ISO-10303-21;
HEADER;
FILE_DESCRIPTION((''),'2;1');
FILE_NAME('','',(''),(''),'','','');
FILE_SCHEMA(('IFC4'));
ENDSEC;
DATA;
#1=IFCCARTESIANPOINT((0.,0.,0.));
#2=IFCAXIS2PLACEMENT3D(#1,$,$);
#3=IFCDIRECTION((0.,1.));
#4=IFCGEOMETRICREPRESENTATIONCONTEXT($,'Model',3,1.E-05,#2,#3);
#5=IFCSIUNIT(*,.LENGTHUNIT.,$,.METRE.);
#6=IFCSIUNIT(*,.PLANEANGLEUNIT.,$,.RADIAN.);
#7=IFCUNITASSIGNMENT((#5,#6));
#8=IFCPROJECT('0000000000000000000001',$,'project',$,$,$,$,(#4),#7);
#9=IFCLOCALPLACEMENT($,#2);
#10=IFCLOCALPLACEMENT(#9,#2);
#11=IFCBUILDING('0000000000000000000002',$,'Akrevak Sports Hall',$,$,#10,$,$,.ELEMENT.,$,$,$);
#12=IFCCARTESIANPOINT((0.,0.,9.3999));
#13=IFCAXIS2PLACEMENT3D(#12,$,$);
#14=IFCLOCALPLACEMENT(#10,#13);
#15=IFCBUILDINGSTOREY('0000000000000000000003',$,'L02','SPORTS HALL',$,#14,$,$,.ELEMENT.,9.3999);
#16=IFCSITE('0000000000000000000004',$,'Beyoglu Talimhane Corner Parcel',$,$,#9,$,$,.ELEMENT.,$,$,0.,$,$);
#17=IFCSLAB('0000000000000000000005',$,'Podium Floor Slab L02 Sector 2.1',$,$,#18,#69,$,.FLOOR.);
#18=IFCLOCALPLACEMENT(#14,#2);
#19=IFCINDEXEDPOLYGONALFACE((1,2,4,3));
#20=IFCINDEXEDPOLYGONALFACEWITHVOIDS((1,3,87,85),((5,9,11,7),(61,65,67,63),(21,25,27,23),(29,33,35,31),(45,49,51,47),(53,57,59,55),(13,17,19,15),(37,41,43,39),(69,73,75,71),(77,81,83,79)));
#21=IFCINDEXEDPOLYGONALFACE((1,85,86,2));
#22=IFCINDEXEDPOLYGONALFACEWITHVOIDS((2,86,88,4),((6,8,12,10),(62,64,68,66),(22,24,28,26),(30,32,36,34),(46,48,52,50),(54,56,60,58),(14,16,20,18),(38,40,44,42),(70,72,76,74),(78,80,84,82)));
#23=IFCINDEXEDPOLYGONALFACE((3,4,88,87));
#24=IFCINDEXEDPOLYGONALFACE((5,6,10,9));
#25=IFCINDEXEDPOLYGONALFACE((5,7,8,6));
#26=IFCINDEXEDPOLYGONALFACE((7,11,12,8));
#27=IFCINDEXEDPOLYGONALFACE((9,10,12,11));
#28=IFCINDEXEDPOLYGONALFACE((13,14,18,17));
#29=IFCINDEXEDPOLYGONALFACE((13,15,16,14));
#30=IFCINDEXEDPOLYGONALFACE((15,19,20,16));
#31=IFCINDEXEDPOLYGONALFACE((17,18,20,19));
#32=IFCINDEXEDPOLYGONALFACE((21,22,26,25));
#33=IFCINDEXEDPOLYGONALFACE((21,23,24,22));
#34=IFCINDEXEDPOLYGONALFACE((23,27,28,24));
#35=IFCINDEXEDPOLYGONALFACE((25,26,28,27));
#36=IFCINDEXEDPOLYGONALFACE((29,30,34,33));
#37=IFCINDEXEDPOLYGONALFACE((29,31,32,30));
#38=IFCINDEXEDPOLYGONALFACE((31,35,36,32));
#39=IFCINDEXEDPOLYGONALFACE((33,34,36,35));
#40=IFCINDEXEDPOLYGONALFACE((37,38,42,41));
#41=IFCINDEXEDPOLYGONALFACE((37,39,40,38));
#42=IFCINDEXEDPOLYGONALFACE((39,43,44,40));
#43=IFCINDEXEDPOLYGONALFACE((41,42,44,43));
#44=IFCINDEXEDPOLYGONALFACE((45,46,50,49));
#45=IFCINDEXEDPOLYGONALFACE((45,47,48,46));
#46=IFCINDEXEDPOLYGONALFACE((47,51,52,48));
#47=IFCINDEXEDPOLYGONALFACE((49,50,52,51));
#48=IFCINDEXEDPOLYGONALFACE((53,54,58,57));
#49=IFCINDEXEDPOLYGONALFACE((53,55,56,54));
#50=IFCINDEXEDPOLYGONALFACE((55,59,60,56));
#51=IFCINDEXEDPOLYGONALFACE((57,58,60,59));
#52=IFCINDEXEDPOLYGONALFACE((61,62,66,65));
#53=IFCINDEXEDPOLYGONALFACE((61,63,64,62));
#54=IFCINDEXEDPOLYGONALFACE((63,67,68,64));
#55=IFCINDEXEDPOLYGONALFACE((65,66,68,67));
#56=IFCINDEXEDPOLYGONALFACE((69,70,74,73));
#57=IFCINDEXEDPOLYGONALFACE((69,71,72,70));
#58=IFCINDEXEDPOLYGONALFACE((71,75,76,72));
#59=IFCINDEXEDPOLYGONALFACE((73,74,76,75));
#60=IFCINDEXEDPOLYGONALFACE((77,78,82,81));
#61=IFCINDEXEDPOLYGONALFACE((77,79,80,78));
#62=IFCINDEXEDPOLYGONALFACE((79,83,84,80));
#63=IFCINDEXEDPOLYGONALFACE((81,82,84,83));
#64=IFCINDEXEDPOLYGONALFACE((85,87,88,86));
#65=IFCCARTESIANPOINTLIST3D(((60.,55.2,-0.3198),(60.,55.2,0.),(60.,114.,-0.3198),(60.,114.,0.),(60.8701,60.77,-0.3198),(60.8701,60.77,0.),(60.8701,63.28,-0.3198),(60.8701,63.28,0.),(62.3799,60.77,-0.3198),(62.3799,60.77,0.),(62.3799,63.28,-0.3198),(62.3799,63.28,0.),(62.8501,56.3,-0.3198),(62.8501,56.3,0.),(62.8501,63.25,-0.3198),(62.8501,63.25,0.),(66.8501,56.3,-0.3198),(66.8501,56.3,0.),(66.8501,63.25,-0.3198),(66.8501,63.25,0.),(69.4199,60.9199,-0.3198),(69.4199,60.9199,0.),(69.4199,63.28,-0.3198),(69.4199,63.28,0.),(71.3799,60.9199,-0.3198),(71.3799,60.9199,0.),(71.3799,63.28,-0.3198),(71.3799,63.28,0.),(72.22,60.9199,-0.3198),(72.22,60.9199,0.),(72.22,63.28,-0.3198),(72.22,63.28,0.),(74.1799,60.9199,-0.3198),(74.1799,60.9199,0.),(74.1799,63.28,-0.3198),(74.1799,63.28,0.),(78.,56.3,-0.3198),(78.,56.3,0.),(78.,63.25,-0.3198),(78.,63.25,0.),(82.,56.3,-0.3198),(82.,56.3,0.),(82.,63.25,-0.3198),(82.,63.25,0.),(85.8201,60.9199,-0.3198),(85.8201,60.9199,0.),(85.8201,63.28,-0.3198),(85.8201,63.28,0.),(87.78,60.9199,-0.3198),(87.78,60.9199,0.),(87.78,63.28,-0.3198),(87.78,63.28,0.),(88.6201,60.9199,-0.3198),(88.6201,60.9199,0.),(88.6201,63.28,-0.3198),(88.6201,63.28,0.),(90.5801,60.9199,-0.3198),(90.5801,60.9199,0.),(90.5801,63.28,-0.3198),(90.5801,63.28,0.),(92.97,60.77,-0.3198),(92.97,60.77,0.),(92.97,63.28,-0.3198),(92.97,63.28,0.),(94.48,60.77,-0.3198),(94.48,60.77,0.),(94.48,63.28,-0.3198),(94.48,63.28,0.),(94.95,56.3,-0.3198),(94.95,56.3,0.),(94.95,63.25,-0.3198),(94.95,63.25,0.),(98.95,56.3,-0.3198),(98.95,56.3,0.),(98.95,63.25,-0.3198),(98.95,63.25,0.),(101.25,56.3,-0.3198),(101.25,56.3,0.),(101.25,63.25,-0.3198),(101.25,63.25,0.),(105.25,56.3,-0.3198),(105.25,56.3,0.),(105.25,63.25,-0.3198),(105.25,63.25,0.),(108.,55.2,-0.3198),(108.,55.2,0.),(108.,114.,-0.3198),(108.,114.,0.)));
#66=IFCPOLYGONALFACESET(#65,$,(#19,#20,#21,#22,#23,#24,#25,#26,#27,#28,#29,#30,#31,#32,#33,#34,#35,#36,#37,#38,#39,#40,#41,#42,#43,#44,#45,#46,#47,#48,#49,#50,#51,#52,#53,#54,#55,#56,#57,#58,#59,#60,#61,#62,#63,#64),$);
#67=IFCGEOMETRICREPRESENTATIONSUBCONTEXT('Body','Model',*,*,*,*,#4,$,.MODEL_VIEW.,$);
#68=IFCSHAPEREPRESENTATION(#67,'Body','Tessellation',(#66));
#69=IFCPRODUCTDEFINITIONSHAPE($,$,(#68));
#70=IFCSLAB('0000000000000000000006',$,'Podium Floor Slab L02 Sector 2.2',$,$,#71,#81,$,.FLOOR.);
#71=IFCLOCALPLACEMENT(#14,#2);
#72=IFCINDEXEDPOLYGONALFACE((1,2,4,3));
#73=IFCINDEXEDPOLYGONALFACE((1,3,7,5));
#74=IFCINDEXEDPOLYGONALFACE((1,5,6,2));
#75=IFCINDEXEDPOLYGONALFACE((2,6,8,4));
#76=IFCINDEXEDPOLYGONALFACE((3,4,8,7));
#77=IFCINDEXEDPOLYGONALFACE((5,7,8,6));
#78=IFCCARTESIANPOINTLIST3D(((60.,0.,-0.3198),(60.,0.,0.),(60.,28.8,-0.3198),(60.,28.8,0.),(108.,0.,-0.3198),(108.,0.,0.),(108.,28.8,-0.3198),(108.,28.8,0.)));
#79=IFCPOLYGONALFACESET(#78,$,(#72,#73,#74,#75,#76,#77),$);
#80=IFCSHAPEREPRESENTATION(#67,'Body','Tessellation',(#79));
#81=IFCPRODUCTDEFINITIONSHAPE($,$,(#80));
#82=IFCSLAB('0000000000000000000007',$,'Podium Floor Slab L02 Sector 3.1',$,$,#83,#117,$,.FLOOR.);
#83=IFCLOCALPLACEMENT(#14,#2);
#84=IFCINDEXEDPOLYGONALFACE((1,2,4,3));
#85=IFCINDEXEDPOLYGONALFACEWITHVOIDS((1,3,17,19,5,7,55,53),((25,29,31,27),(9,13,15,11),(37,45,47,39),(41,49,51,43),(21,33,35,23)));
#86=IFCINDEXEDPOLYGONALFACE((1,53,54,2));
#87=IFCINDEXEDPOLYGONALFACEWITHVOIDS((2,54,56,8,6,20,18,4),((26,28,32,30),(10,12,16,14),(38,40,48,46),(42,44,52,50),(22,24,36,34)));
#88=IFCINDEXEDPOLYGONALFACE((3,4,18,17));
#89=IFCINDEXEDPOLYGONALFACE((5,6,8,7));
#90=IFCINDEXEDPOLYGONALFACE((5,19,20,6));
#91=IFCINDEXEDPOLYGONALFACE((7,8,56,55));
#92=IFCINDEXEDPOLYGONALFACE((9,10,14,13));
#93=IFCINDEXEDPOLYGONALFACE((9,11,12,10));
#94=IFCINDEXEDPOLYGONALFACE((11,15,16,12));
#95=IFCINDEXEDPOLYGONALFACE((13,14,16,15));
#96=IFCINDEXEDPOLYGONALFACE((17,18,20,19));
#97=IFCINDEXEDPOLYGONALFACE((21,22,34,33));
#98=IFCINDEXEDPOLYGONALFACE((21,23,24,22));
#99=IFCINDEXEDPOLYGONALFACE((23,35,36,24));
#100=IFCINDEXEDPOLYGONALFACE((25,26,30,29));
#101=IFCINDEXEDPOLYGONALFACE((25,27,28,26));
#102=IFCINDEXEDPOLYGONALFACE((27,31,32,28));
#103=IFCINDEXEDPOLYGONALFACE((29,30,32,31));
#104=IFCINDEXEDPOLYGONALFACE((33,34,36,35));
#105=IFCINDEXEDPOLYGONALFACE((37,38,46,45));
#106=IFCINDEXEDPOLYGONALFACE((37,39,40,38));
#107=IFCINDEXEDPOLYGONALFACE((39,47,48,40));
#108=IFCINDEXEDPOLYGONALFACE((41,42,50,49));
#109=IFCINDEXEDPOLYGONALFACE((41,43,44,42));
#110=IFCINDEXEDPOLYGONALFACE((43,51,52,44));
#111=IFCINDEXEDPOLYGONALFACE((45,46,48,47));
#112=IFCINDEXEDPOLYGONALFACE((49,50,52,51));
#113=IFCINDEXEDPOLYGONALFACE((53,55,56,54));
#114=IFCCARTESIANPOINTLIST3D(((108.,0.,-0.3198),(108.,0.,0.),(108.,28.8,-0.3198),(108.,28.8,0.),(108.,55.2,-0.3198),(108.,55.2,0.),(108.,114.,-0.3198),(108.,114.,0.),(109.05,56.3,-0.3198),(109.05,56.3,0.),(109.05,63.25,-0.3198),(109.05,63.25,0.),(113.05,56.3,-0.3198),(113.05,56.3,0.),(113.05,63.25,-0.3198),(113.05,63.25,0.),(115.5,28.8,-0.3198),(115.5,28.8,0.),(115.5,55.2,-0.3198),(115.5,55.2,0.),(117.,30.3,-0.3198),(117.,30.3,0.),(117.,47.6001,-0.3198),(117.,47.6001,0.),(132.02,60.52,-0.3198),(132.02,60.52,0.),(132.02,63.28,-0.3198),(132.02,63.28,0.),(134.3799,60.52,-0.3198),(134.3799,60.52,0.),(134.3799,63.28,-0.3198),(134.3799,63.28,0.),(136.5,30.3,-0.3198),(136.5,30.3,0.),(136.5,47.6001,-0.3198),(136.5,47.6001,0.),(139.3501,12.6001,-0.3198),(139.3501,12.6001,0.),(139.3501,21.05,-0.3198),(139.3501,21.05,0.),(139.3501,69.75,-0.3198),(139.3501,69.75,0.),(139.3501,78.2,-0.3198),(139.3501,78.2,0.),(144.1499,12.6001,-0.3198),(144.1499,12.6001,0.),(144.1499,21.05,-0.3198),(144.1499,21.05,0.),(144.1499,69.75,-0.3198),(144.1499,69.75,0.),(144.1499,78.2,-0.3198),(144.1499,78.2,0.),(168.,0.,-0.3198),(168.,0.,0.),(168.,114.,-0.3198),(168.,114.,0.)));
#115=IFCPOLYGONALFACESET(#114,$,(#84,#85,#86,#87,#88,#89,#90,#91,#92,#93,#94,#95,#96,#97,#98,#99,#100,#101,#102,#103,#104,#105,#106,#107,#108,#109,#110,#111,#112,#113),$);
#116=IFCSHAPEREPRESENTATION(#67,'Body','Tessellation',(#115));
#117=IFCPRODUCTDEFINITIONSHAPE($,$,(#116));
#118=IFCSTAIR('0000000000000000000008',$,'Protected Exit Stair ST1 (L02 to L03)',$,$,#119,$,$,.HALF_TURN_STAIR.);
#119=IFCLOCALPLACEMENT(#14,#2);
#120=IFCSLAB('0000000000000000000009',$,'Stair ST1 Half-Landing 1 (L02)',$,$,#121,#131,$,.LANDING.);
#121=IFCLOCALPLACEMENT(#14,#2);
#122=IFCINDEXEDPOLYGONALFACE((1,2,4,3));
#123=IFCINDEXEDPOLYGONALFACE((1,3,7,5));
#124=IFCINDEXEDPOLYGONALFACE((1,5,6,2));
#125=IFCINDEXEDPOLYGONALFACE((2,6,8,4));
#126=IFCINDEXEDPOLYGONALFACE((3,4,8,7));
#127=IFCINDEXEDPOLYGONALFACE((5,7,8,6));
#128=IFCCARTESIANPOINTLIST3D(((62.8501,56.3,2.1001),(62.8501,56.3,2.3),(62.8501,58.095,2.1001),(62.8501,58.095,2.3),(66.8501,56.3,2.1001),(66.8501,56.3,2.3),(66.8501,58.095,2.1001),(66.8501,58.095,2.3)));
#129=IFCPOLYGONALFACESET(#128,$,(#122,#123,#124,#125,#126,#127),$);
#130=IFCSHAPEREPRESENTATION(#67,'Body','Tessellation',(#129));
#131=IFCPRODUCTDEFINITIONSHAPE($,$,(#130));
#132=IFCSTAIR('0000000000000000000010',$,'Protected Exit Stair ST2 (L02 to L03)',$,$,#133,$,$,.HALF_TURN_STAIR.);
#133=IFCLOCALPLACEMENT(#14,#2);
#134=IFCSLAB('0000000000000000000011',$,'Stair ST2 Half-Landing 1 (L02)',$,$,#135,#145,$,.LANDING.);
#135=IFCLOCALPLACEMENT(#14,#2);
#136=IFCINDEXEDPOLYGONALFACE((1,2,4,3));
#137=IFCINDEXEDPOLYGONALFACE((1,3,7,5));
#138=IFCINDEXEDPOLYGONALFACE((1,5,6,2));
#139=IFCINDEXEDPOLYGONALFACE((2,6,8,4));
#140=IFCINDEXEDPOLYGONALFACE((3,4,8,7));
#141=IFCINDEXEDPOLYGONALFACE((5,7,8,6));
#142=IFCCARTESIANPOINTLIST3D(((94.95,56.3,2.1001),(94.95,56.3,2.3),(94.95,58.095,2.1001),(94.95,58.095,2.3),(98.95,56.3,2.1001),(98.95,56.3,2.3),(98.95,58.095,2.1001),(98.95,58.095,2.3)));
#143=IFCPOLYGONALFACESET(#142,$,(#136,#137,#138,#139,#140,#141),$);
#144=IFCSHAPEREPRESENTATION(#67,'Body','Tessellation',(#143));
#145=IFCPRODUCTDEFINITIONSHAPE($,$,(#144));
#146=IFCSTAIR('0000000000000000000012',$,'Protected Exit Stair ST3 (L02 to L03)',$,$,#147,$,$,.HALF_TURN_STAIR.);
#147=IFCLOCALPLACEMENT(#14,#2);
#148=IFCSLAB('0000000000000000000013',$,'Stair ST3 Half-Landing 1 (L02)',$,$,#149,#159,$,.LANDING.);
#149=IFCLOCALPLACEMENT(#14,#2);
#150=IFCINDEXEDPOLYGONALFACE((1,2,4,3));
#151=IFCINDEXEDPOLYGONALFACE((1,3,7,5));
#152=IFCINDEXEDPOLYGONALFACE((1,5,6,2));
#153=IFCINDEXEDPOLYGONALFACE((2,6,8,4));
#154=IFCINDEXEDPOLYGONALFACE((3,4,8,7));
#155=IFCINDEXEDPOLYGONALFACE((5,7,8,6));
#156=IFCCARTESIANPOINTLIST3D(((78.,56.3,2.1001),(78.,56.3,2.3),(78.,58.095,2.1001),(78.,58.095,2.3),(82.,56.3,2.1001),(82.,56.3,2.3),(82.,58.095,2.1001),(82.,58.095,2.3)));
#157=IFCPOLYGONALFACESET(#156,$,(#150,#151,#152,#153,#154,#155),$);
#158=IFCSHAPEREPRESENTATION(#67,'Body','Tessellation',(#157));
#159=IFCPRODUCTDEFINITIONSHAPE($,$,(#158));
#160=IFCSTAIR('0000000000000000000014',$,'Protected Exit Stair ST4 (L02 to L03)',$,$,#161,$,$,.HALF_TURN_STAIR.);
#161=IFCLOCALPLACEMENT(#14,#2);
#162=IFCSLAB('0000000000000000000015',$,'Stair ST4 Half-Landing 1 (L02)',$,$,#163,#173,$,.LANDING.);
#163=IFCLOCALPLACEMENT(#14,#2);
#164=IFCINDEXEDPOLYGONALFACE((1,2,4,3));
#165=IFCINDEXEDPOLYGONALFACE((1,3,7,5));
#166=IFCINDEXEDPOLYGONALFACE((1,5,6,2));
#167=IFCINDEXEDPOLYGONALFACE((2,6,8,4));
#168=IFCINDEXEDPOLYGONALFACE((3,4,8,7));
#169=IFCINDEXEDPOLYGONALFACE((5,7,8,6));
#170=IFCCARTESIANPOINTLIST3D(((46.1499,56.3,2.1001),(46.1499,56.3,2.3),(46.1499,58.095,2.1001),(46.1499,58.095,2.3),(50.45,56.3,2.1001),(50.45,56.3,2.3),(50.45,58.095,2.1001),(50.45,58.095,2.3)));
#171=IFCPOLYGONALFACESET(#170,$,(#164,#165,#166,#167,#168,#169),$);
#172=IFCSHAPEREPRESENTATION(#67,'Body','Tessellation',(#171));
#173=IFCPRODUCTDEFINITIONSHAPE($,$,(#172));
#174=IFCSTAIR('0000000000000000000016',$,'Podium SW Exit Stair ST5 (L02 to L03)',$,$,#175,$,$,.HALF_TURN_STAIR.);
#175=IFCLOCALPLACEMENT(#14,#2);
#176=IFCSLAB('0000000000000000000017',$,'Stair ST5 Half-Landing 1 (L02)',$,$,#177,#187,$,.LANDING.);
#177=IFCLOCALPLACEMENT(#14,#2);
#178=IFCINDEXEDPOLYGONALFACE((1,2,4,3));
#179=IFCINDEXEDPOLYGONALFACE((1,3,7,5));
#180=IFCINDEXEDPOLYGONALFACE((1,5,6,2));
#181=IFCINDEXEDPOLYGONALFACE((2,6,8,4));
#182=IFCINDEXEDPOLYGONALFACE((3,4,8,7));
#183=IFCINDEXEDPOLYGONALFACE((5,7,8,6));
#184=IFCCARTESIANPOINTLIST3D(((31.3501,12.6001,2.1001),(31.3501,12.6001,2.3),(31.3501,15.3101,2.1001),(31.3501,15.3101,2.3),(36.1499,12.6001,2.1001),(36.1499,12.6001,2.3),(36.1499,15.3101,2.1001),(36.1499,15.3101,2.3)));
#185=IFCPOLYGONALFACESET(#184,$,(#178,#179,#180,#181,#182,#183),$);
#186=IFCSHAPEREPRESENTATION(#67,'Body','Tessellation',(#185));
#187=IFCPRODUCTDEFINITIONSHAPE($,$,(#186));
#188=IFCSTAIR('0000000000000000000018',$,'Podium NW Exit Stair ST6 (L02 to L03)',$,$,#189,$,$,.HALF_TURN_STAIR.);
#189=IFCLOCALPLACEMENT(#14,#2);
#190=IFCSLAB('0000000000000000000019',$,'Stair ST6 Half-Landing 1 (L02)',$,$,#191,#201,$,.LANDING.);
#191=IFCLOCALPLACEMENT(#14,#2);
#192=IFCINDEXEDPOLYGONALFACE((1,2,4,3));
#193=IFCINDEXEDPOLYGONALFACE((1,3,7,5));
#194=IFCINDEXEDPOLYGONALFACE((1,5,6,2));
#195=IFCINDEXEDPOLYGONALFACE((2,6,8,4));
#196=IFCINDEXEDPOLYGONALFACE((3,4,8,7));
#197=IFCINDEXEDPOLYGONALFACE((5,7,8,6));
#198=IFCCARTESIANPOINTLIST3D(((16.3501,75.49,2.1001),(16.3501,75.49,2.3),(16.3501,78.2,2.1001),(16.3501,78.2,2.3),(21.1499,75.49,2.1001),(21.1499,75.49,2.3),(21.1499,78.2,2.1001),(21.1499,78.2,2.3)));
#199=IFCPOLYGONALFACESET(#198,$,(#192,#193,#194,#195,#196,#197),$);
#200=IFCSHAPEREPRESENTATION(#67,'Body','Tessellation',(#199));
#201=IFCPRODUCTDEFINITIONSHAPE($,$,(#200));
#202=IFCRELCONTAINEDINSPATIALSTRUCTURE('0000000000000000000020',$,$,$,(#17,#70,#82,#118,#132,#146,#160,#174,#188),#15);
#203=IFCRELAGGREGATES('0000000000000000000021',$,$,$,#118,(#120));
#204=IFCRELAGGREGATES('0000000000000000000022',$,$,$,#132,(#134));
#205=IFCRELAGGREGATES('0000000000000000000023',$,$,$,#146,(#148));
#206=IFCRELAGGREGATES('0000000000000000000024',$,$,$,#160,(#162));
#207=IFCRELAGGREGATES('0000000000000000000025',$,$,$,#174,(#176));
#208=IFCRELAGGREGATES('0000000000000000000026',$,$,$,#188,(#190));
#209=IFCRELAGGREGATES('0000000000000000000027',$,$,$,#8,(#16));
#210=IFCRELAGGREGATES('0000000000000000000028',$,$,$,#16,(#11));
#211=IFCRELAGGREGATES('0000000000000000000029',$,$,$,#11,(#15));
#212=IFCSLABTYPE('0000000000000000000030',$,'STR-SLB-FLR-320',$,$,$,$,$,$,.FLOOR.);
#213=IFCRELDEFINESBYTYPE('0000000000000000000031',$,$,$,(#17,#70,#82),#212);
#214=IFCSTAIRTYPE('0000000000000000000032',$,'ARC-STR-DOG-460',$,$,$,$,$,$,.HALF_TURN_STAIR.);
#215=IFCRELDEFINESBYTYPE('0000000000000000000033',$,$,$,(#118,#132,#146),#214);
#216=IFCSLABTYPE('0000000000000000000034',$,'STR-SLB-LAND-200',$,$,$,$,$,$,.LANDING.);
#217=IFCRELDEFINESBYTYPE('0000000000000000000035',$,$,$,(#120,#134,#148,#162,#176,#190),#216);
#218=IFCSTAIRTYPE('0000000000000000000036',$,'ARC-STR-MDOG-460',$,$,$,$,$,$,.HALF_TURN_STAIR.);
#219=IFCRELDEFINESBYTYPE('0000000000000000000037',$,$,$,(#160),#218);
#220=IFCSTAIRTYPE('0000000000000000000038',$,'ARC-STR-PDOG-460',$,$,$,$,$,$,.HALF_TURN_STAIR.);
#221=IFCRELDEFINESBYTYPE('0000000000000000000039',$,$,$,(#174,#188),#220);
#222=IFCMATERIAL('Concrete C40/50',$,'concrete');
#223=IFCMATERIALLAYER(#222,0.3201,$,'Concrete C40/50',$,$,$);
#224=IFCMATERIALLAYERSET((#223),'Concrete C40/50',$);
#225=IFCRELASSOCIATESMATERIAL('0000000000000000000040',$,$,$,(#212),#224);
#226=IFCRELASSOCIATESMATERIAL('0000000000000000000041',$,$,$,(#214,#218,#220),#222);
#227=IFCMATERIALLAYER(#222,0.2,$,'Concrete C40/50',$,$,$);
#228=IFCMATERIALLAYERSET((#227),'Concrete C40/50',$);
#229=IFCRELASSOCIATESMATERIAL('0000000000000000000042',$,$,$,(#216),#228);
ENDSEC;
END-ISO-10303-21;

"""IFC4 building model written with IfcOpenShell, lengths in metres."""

from ifc_helpers import new_model, si_unit, direction, frame, origin, place, context, subcontext, project, spatial, polyline, outline, extrude, material, layer, layer_set, type_object, element, aggregate, save


model = new_model("IFC4")

# Units and contexts
model_context = context("Model", 3, precision=1e-05, world=origin(), true_north=direction((0.0, 1.0)))
body_context = subcontext(model_context, "Body", "Model", "MODEL_VIEW")
ifc_project = project(units=[si_unit("LENGTHUNIT", "METRE"), si_unit("PLANEANGLEUNIT", "RADIAN")], contexts=[model_context])

# Site, building, storey
site_placement = place(None, origin())
site = spatial("IfcSite", under=ifc_project, at=site_placement, Name="Beyoglu Talimhane Corner Parcel", CompositionType="ELEMENT", RefElevation=0.0)
building_placement = place(site_placement, origin())
building = spatial("IfcBuilding", under=site, at=building_placement, Name="Akrevak Sports Hall", CompositionType="ELEMENT")
storey_placement = place(building_placement, frame((0.0, 0.0, 9.3999)))
storey = spatial("IfcBuildingStorey", under=building, at=storey_placement, Name="L02", Description="SPORTS HALL", CompositionType="ELEMENT", Elevation=9.3999)

# Shared definitions
ifc_material_1 = material(Name="Concrete C40/50", Category="concrete")

# Slabs
ifc_layer_1 = layer(ifc_material_1, 0.3201, Name="Concrete C40/50")
ifc_layer_set_1 = layer_set([ifc_layer_1], Name="Concrete C40/50")
slab_type_1 = type_object("IfcSlabType", Name="STR-SLB-FLR-320", PredefinedType="FLOOR", material=ifc_layer_set_1)
slab_1_placement = place(storey_placement, frame((0.0, 0.0, -0.3198)))
element("IfcSlab", 1, at=slab_1_placement, inside=storey, type_object=slab_type_1, Name="Podium Floor Slab L02 Sector 2.1", PredefinedType="FLOOR", context=body_context, shape_type="SweptSolid", body=[
    extrude(outline(polyline([(60.0, 114.0), (60.0, 55.2), (108.0, 55.2), (108.0, 114.0), (60.0, 114.0)]), holes=[polyline([(66.8501, 63.25), (66.8501, 56.3), (62.8501, 56.3), (62.8501, 63.25), (66.8501, 63.25)]), polyline([(82.0, 63.25), (82.0, 56.3), (78.0, 56.3), (78.0, 63.25), (82.0, 63.25)]), polyline([(62.3799, 63.28), (62.3799, 60.77), (60.8701, 60.77), (60.8701, 63.28), (62.3799, 63.28)]), polyline([(71.3799, 60.9199), (69.4199, 60.9199), (69.4199, 63.28), (71.3799, 63.28), (71.3799, 60.9199)]), polyline([(74.1799, 60.9199), (72.22, 60.9199), (72.22, 63.28), (74.1799, 63.28), (74.1799, 60.9199)]), polyline([(98.95, 56.3), (94.95, 56.3), (94.95, 63.25), (98.95, 63.25), (98.95, 56.3)]), polyline([(105.25, 56.3), (101.25, 56.3), (101.25, 63.25), (105.25, 63.25), (105.25, 56.3)]), polyline([(94.48, 60.77), (92.97, 60.77), (92.97, 63.28), (94.48, 63.28), (94.48, 60.77)]), polyline([(87.78, 63.28), (87.78, 60.9199), (85.8201, 60.9199), (85.8201, 63.28), (87.78, 63.28)]), polyline([(90.5801, 60.9199), (88.6201, 60.9199), (88.6201, 63.28), (90.5801, 63.28), (90.5801, 60.9199)])]), origin(), (0.0, 0.0, 1.0), 0.3198),
])
slab_2_placement = place(storey_placement, frame((0.0, 0.0, -0.3198)))
element("IfcSlab", 2, at=slab_2_placement, inside=storey, type_object=slab_type_1, Name="Podium Floor Slab L02 Sector 2.2", PredefinedType="FLOOR", context=body_context, shape_type="SweptSolid", body=[
    extrude(outline(polyline([(108.0, 0.0), (108.0, 28.8), (60.0, 28.8), (60.0, 0.0), (108.0, 0.0)])), origin(), (0.0, 0.0, 1.0), 0.3198),
])
slab_3_placement = place(storey_placement, frame((0.0, 0.0, -0.3198)))
element("IfcSlab", 3, at=slab_3_placement, inside=storey, type_object=slab_type_1, Name="Podium Floor Slab L02 Sector 3.1", PredefinedType="FLOOR", context=body_context, shape_type="SweptSolid", body=[
    extrude(outline(polyline([(108.0, 114.0), (108.0, 55.2), (115.5, 55.2), (115.5, 28.8), (108.0, 28.8), (108.0, 0.0), (168.0, 0.0), (168.0, 114.0), (108.0, 114.0)]), holes=[polyline([(144.1499, 21.05), (144.1499, 12.6001), (139.3501, 12.6001), (139.3501, 21.05), (144.1499, 21.05)]), polyline([(136.5, 47.6001), (136.5, 30.3), (117.0, 30.3), (117.0, 47.6001), (136.5, 47.6001)]), polyline([(113.05, 63.25), (113.05, 56.3), (109.05, 56.3), (109.05, 63.25), (113.05, 63.25)]), polyline([(134.3799, 60.52), (132.02, 60.52), (132.02, 63.28), (134.3799, 63.28), (134.3799, 60.52)]), polyline([(144.1499, 69.75), (139.3501, 69.75), (139.3501, 78.2), (144.1499, 78.2), (144.1499, 69.75)])]), origin(), (0.0, 0.0, 1.0), 0.3198),
])

# Stairs, slabs
stair_type_1 = type_object("IfcStairType", Name="ARC-STR-DOG-460", PredefinedType="HALF_TURN_STAIR", material=ifc_material_1)
stair_1_placement = place(storey_placement, origin())
stair_1 = element("IfcStair", 4, at=stair_1_placement, inside=storey, type_object=stair_type_1, Name="Protected Exit Stair ST1 (L02 to L03)", PredefinedType="HALF_TURN_STAIR")
ifc_layer_2 = layer(ifc_material_1, 0.2, Name="Concrete C40/50")
ifc_layer_set_2 = layer_set([ifc_layer_2], Name="Concrete C40/50")
slab_type_2 = type_object("IfcSlabType", Name="STR-SLB-LAND-200", PredefinedType="LANDING", material=ifc_layer_set_2)
slab_4_placement = place(storey_placement, frame((0.0, 0.0, 2.1001)))
slab_4 = element("IfcSlab", 5, at=slab_4_placement, type_object=slab_type_2, Name="Stair ST1 Half-Landing 1 (L02)", PredefinedType="LANDING", context=body_context, shape_type="SweptSolid", body=[
    extrude(outline(polyline([(62.8501, 56.3), (66.8501, 56.3), (66.8501, 58.095), (62.8501, 58.095), (62.8501, 56.3)])), origin(), (0.0, 0.0, 1.0), 0.2),
])
aggregate(stair_1, [slab_4])
stair_2_placement = place(storey_placement, origin())
stair_2 = element("IfcStair", 6, at=stair_2_placement, inside=storey, type_object=stair_type_1, Name="Protected Exit Stair ST2 (L02 to L03)", PredefinedType="HALF_TURN_STAIR")
slab_5_placement = place(storey_placement, frame((0.0, 0.0, 2.1001)))
slab_5 = element("IfcSlab", 7, at=slab_5_placement, type_object=slab_type_2, Name="Stair ST2 Half-Landing 1 (L02)", PredefinedType="LANDING", context=body_context, shape_type="SweptSolid", body=[
    extrude(outline(polyline([(94.95, 56.3), (98.95, 56.3), (98.95, 58.095), (94.95, 58.095), (94.95, 56.3)])), origin(), (0.0, 0.0, 1.0), 0.2),
])
aggregate(stair_2, [slab_5])
stair_3_placement = place(storey_placement, origin())
stair_3 = element("IfcStair", 8, at=stair_3_placement, inside=storey, type_object=stair_type_1, Name="Protected Exit Stair ST3 (L02 to L03)", PredefinedType="HALF_TURN_STAIR")
slab_6_placement = place(storey_placement, frame((0.0, 0.0, 2.1001)))
slab_6 = element("IfcSlab", 9, at=slab_6_placement, type_object=slab_type_2, Name="Stair ST3 Half-Landing 1 (L02)", PredefinedType="LANDING", context=body_context, shape_type="SweptSolid", body=[
    extrude(outline(polyline([(78.0, 56.3), (82.0, 56.3), (82.0, 58.095), (78.0, 58.095), (78.0, 56.3)])), origin(), (0.0, 0.0, 1.0), 0.2),
])
aggregate(stair_3, [slab_6])
stair_type_2 = type_object("IfcStairType", Name="ARC-STR-MDOG-460", PredefinedType="HALF_TURN_STAIR", material=ifc_material_1)
stair_4_placement = place(storey_placement, origin())
stair_4 = element("IfcStair", 10, at=stair_4_placement, inside=storey, type_object=stair_type_2, Name="Protected Exit Stair ST4 (L02 to L03)", PredefinedType="HALF_TURN_STAIR")
slab_7_placement = place(storey_placement, frame((0.0, 0.0, 2.1001)))
slab_7 = element("IfcSlab", 11, at=slab_7_placement, type_object=slab_type_2, Name="Stair ST4 Half-Landing 1 (L02)", PredefinedType="LANDING", context=body_context, shape_type="SweptSolid", body=[
    extrude(outline(polyline([(46.1499, 56.3), (50.45, 56.3), (50.45, 58.095), (46.1499, 58.095), (46.1499, 56.3)])), origin(), (0.0, 0.0, 1.0), 0.2),
])
aggregate(stair_4, [slab_7])
stair_type_3 = type_object("IfcStairType", Name="ARC-STR-PDOG-460", PredefinedType="HALF_TURN_STAIR", material=ifc_material_1)
stair_5_placement = place(storey_placement, origin())
stair_5 = element("IfcStair", 12, at=stair_5_placement, inside=storey, type_object=stair_type_3, Name="Podium SW Exit Stair ST5 (L02 to L03)", PredefinedType="HALF_TURN_STAIR")
slab_8_placement = place(storey_placement, frame((0.0, 0.0, 2.1001)))
slab_8 = element("IfcSlab", 13, at=slab_8_placement, type_object=slab_type_2, Name="Stair ST5 Half-Landing 1 (L02)", PredefinedType="LANDING", context=body_context, shape_type="SweptSolid", body=[
    extrude(outline(polyline([(31.3501, 12.6001), (36.1499, 12.6001), (36.1499, 15.3101), (31.3501, 15.3101), (31.3501, 12.6001)])), origin(), (0.0, 0.0, 1.0), 0.2),
])
aggregate(stair_5, [slab_8])
stair_6_placement = place(storey_placement, origin())
stair_6 = element("IfcStair", 14, at=stair_6_placement, inside=storey, type_object=stair_type_3, Name="Podium NW Exit Stair ST6 (L02 to L03)", PredefinedType="HALF_TURN_STAIR")
slab_9_placement = place(storey_placement, frame((0.0, 0.0, 2.1001)))
slab_9 = element("IfcSlab", 15, at=slab_9_placement, type_object=slab_type_2, Name="Stair ST6 Half-Landing 1 (L02)", PredefinedType="LANDING", context=body_context, shape_type="SweptSolid", body=[
    extrude(outline(polyline([(16.3501, 75.49), (21.1499, 75.49), (21.1499, 78.2), (16.3501, 78.2), (16.3501, 75.49)])), origin(), (0.0, 0.0, 1.0), 0.2),
])
aggregate(stair_6, [slab_9])

save(model, "model.ifc")
